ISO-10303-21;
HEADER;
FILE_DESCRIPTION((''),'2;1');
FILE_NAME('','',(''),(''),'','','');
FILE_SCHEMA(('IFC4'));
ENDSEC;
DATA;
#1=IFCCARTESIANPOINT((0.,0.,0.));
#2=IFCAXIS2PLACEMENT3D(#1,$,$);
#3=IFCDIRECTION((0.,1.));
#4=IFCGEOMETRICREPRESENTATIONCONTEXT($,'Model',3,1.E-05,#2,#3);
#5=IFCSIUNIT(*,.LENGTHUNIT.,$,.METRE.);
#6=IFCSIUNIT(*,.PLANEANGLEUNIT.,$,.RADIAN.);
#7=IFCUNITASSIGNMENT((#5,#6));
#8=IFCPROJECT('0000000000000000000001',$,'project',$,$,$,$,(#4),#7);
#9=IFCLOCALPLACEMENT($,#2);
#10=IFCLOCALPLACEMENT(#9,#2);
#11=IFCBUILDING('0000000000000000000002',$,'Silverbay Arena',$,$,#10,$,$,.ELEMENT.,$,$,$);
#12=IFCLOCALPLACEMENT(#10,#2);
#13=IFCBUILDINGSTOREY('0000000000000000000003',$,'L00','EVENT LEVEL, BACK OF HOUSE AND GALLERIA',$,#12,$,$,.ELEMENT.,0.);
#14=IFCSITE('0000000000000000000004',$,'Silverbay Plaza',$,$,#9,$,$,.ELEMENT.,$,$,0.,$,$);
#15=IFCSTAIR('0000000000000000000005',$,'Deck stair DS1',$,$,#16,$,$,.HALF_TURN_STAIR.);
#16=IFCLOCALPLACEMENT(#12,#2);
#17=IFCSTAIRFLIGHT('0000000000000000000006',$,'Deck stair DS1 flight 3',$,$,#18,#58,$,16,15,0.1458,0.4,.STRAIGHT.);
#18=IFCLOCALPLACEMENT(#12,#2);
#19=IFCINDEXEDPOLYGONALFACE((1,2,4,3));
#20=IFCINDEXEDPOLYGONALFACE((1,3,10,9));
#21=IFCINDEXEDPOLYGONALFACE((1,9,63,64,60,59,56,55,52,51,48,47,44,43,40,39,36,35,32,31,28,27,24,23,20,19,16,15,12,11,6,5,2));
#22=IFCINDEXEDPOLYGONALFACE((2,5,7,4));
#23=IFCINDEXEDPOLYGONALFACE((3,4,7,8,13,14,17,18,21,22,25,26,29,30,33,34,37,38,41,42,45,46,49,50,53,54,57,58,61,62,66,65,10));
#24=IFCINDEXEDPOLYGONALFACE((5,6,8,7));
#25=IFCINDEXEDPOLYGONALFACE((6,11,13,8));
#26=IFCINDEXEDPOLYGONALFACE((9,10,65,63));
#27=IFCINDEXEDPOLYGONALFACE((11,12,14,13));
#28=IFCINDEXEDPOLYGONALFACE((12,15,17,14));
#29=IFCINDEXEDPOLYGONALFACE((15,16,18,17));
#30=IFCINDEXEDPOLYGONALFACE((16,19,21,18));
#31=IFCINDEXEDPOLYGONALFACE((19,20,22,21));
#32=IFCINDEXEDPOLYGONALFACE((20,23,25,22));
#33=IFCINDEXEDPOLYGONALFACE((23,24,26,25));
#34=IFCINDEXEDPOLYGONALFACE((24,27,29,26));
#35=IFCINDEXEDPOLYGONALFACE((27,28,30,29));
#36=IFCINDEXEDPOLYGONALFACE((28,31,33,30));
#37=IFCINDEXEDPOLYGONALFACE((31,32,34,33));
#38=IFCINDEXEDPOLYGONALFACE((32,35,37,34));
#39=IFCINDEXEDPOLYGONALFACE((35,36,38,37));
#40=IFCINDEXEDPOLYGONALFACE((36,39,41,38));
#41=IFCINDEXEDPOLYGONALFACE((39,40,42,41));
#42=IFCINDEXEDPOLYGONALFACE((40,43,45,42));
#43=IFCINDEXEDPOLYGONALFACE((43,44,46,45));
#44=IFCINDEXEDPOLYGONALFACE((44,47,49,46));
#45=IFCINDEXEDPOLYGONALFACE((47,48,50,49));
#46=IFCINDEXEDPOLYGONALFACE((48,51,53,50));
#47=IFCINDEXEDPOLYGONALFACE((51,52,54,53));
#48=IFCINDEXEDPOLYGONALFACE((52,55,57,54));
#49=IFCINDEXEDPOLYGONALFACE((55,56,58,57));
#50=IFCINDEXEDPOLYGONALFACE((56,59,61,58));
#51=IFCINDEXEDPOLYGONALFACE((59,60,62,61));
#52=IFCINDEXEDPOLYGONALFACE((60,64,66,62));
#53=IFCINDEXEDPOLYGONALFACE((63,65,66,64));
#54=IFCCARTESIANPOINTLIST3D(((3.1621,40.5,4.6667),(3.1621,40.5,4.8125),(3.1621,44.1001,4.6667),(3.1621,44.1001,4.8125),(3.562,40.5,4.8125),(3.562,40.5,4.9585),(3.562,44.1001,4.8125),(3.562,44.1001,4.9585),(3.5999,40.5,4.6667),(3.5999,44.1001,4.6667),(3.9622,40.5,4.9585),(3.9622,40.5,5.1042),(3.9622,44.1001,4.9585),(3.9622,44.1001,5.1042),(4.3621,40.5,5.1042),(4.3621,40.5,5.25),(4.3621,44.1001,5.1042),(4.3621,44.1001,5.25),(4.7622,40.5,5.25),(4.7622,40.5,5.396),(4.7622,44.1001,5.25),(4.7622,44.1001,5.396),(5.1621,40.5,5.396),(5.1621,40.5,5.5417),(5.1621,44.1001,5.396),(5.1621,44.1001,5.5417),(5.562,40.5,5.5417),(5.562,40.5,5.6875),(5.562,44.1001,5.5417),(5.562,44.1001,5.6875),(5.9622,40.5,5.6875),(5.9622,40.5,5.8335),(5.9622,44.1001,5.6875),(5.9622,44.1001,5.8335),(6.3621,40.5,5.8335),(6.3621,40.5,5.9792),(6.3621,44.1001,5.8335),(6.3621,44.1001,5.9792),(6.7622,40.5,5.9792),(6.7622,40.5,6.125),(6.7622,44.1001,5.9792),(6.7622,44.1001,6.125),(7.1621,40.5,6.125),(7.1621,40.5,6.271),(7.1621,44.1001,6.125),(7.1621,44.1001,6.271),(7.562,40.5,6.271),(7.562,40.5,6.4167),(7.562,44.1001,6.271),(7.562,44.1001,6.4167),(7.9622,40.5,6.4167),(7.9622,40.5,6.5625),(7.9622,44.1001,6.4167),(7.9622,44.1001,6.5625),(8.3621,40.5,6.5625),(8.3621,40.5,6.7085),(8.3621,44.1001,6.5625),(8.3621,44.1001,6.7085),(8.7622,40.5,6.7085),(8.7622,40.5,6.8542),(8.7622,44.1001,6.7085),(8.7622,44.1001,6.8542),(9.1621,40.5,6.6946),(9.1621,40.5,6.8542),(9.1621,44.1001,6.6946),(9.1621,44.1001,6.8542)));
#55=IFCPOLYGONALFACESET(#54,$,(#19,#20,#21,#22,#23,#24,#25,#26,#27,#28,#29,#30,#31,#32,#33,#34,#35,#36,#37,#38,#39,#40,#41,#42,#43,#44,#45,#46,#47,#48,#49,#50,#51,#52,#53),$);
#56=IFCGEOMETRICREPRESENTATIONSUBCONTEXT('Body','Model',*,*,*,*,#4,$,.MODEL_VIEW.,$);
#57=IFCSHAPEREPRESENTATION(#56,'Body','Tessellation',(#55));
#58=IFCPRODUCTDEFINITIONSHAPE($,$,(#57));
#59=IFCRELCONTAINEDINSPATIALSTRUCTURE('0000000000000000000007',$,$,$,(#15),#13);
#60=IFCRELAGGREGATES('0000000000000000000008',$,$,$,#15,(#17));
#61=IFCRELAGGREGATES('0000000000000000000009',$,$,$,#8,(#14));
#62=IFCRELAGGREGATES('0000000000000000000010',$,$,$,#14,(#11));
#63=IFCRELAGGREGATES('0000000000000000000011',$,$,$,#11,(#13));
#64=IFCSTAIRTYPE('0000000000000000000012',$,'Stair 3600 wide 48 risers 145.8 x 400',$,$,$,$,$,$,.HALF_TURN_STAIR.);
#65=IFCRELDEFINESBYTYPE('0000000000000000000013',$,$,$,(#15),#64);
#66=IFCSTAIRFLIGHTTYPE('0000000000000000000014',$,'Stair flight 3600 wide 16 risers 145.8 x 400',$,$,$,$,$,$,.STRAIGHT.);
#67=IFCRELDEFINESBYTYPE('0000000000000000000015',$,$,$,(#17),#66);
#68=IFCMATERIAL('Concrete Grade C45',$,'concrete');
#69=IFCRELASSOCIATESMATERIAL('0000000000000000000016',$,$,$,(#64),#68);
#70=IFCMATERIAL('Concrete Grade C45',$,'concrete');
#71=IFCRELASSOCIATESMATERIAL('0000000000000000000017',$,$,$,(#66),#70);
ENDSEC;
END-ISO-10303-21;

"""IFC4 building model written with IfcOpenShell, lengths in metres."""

from ifc_helpers import new_model, si_unit, direction, frame, origin, place, context, subcontext, project, spatial, polyline, outline, extrude, material, type_object, element, aggregate, save


model = new_model("IFC4")

# Units and contexts
model_context = context("Model", 3, precision=1e-05, world=origin(), true_north=direction((0.0, 1.0)))
body_context = subcontext(model_context, "Body", "Model", "MODEL_VIEW")
ifc_project = project(units=[si_unit("LENGTHUNIT", "METRE"), si_unit("PLANEANGLEUNIT", "RADIAN")], contexts=[model_context])

# Site, building, storey
site_placement = place(None, origin())
site = spatial("IfcSite", under=ifc_project, at=site_placement, Name="Silverbay Plaza", CompositionType="ELEMENT", RefElevation=0.0)
building_placement = place(site_placement, origin())
building = spatial("IfcBuilding", under=site, at=building_placement, Name="Silverbay Arena", CompositionType="ELEMENT")
storey_placement = place(building_placement, origin())
storey = spatial("IfcBuildingStorey", under=building, at=storey_placement, Name="L00", Description="EVENT LEVEL, BACK OF HOUSE AND GALLERIA", CompositionType="ELEMENT", Elevation=0.0)

# Stair, stair flight
ifc_material_1 = material(Name="Concrete Grade C45", Category="concrete")
stair_type = type_object("IfcStairType", Name="Stair 3600 wide 48 risers 145.8 x 400", PredefinedType="HALF_TURN_STAIR", material=ifc_material_1)
stair_placement = place(storey_placement, origin())
stair = element("IfcStair", 1, at=stair_placement, inside=storey, type_object=stair_type, Name="Deck stair DS1", PredefinedType="HALF_TURN_STAIR")
ifc_material_2 = material(Name="Concrete Grade C45", Category="concrete")
stair_flight_type = type_object("IfcStairFlightType", Name="Stair flight 3600 wide 16 risers 145.8 x 400", PredefinedType="STRAIGHT", material=ifc_material_2)
stair_flight_1_placement = place(storey_placement, frame((3.1621, 42.3, 4.6667), z_axis=(0.0, 0.0, 1.0), x_axis=(1.0, 0.0, 0.0)))
stair_flight_1 = element("IfcStairFlight", 2, at=stair_flight_1_placement, type_object=stair_flight_type, Name="Deck stair DS1 flight 3", NumberOfRisers=16, NumberOfTreads=15, PredefinedType="STRAIGHT", RiserHeight=0.1458, TreadLength=0.4, context=body_context, shape_type="SweptSolid", body=[
    extrude(outline(polyline([(0.0, 0.0), (0.0, 0.1458), (0.3999, 0.1458), (0.3999, 0.2917), (0.8, 0.2917), (0.8, 0.4375), (1.2, 0.4375), (1.2, 0.5833), (1.6001, 0.5833), (1.6001, 0.7292), (2.0, 0.7292), (2.0, 0.875), (2.3999, 0.875), (2.3999, 1.0208), (2.8, 1.0208), (2.8, 1.1667), (3.2, 1.1667), (3.2, 1.3125), (3.6001, 1.3125), (3.6001, 1.4583), (4.0, 1.4583), (4.0, 1.6042), (4.3999, 1.6042), (4.3999, 1.75), (4.8, 1.75), (4.8, 1.8958), (5.2, 1.8958), (5.2, 2.0417), (5.6001, 2.0417), (5.6001, 2.1875), (6.0, 2.1875), (6.0, 2.0278), (0.4377, 0.0), (0.0, 0.0)])), frame((0.0, 1.8, 0.0), z_axis=(0.0, -1.0, 0.0), x_axis=(1.0, 0.0, 0.0)), (0.0, 0.0, 1.0), 3.6001),
])
aggregate(stair, [stair_flight_1])

save(model, "model.ifc")
